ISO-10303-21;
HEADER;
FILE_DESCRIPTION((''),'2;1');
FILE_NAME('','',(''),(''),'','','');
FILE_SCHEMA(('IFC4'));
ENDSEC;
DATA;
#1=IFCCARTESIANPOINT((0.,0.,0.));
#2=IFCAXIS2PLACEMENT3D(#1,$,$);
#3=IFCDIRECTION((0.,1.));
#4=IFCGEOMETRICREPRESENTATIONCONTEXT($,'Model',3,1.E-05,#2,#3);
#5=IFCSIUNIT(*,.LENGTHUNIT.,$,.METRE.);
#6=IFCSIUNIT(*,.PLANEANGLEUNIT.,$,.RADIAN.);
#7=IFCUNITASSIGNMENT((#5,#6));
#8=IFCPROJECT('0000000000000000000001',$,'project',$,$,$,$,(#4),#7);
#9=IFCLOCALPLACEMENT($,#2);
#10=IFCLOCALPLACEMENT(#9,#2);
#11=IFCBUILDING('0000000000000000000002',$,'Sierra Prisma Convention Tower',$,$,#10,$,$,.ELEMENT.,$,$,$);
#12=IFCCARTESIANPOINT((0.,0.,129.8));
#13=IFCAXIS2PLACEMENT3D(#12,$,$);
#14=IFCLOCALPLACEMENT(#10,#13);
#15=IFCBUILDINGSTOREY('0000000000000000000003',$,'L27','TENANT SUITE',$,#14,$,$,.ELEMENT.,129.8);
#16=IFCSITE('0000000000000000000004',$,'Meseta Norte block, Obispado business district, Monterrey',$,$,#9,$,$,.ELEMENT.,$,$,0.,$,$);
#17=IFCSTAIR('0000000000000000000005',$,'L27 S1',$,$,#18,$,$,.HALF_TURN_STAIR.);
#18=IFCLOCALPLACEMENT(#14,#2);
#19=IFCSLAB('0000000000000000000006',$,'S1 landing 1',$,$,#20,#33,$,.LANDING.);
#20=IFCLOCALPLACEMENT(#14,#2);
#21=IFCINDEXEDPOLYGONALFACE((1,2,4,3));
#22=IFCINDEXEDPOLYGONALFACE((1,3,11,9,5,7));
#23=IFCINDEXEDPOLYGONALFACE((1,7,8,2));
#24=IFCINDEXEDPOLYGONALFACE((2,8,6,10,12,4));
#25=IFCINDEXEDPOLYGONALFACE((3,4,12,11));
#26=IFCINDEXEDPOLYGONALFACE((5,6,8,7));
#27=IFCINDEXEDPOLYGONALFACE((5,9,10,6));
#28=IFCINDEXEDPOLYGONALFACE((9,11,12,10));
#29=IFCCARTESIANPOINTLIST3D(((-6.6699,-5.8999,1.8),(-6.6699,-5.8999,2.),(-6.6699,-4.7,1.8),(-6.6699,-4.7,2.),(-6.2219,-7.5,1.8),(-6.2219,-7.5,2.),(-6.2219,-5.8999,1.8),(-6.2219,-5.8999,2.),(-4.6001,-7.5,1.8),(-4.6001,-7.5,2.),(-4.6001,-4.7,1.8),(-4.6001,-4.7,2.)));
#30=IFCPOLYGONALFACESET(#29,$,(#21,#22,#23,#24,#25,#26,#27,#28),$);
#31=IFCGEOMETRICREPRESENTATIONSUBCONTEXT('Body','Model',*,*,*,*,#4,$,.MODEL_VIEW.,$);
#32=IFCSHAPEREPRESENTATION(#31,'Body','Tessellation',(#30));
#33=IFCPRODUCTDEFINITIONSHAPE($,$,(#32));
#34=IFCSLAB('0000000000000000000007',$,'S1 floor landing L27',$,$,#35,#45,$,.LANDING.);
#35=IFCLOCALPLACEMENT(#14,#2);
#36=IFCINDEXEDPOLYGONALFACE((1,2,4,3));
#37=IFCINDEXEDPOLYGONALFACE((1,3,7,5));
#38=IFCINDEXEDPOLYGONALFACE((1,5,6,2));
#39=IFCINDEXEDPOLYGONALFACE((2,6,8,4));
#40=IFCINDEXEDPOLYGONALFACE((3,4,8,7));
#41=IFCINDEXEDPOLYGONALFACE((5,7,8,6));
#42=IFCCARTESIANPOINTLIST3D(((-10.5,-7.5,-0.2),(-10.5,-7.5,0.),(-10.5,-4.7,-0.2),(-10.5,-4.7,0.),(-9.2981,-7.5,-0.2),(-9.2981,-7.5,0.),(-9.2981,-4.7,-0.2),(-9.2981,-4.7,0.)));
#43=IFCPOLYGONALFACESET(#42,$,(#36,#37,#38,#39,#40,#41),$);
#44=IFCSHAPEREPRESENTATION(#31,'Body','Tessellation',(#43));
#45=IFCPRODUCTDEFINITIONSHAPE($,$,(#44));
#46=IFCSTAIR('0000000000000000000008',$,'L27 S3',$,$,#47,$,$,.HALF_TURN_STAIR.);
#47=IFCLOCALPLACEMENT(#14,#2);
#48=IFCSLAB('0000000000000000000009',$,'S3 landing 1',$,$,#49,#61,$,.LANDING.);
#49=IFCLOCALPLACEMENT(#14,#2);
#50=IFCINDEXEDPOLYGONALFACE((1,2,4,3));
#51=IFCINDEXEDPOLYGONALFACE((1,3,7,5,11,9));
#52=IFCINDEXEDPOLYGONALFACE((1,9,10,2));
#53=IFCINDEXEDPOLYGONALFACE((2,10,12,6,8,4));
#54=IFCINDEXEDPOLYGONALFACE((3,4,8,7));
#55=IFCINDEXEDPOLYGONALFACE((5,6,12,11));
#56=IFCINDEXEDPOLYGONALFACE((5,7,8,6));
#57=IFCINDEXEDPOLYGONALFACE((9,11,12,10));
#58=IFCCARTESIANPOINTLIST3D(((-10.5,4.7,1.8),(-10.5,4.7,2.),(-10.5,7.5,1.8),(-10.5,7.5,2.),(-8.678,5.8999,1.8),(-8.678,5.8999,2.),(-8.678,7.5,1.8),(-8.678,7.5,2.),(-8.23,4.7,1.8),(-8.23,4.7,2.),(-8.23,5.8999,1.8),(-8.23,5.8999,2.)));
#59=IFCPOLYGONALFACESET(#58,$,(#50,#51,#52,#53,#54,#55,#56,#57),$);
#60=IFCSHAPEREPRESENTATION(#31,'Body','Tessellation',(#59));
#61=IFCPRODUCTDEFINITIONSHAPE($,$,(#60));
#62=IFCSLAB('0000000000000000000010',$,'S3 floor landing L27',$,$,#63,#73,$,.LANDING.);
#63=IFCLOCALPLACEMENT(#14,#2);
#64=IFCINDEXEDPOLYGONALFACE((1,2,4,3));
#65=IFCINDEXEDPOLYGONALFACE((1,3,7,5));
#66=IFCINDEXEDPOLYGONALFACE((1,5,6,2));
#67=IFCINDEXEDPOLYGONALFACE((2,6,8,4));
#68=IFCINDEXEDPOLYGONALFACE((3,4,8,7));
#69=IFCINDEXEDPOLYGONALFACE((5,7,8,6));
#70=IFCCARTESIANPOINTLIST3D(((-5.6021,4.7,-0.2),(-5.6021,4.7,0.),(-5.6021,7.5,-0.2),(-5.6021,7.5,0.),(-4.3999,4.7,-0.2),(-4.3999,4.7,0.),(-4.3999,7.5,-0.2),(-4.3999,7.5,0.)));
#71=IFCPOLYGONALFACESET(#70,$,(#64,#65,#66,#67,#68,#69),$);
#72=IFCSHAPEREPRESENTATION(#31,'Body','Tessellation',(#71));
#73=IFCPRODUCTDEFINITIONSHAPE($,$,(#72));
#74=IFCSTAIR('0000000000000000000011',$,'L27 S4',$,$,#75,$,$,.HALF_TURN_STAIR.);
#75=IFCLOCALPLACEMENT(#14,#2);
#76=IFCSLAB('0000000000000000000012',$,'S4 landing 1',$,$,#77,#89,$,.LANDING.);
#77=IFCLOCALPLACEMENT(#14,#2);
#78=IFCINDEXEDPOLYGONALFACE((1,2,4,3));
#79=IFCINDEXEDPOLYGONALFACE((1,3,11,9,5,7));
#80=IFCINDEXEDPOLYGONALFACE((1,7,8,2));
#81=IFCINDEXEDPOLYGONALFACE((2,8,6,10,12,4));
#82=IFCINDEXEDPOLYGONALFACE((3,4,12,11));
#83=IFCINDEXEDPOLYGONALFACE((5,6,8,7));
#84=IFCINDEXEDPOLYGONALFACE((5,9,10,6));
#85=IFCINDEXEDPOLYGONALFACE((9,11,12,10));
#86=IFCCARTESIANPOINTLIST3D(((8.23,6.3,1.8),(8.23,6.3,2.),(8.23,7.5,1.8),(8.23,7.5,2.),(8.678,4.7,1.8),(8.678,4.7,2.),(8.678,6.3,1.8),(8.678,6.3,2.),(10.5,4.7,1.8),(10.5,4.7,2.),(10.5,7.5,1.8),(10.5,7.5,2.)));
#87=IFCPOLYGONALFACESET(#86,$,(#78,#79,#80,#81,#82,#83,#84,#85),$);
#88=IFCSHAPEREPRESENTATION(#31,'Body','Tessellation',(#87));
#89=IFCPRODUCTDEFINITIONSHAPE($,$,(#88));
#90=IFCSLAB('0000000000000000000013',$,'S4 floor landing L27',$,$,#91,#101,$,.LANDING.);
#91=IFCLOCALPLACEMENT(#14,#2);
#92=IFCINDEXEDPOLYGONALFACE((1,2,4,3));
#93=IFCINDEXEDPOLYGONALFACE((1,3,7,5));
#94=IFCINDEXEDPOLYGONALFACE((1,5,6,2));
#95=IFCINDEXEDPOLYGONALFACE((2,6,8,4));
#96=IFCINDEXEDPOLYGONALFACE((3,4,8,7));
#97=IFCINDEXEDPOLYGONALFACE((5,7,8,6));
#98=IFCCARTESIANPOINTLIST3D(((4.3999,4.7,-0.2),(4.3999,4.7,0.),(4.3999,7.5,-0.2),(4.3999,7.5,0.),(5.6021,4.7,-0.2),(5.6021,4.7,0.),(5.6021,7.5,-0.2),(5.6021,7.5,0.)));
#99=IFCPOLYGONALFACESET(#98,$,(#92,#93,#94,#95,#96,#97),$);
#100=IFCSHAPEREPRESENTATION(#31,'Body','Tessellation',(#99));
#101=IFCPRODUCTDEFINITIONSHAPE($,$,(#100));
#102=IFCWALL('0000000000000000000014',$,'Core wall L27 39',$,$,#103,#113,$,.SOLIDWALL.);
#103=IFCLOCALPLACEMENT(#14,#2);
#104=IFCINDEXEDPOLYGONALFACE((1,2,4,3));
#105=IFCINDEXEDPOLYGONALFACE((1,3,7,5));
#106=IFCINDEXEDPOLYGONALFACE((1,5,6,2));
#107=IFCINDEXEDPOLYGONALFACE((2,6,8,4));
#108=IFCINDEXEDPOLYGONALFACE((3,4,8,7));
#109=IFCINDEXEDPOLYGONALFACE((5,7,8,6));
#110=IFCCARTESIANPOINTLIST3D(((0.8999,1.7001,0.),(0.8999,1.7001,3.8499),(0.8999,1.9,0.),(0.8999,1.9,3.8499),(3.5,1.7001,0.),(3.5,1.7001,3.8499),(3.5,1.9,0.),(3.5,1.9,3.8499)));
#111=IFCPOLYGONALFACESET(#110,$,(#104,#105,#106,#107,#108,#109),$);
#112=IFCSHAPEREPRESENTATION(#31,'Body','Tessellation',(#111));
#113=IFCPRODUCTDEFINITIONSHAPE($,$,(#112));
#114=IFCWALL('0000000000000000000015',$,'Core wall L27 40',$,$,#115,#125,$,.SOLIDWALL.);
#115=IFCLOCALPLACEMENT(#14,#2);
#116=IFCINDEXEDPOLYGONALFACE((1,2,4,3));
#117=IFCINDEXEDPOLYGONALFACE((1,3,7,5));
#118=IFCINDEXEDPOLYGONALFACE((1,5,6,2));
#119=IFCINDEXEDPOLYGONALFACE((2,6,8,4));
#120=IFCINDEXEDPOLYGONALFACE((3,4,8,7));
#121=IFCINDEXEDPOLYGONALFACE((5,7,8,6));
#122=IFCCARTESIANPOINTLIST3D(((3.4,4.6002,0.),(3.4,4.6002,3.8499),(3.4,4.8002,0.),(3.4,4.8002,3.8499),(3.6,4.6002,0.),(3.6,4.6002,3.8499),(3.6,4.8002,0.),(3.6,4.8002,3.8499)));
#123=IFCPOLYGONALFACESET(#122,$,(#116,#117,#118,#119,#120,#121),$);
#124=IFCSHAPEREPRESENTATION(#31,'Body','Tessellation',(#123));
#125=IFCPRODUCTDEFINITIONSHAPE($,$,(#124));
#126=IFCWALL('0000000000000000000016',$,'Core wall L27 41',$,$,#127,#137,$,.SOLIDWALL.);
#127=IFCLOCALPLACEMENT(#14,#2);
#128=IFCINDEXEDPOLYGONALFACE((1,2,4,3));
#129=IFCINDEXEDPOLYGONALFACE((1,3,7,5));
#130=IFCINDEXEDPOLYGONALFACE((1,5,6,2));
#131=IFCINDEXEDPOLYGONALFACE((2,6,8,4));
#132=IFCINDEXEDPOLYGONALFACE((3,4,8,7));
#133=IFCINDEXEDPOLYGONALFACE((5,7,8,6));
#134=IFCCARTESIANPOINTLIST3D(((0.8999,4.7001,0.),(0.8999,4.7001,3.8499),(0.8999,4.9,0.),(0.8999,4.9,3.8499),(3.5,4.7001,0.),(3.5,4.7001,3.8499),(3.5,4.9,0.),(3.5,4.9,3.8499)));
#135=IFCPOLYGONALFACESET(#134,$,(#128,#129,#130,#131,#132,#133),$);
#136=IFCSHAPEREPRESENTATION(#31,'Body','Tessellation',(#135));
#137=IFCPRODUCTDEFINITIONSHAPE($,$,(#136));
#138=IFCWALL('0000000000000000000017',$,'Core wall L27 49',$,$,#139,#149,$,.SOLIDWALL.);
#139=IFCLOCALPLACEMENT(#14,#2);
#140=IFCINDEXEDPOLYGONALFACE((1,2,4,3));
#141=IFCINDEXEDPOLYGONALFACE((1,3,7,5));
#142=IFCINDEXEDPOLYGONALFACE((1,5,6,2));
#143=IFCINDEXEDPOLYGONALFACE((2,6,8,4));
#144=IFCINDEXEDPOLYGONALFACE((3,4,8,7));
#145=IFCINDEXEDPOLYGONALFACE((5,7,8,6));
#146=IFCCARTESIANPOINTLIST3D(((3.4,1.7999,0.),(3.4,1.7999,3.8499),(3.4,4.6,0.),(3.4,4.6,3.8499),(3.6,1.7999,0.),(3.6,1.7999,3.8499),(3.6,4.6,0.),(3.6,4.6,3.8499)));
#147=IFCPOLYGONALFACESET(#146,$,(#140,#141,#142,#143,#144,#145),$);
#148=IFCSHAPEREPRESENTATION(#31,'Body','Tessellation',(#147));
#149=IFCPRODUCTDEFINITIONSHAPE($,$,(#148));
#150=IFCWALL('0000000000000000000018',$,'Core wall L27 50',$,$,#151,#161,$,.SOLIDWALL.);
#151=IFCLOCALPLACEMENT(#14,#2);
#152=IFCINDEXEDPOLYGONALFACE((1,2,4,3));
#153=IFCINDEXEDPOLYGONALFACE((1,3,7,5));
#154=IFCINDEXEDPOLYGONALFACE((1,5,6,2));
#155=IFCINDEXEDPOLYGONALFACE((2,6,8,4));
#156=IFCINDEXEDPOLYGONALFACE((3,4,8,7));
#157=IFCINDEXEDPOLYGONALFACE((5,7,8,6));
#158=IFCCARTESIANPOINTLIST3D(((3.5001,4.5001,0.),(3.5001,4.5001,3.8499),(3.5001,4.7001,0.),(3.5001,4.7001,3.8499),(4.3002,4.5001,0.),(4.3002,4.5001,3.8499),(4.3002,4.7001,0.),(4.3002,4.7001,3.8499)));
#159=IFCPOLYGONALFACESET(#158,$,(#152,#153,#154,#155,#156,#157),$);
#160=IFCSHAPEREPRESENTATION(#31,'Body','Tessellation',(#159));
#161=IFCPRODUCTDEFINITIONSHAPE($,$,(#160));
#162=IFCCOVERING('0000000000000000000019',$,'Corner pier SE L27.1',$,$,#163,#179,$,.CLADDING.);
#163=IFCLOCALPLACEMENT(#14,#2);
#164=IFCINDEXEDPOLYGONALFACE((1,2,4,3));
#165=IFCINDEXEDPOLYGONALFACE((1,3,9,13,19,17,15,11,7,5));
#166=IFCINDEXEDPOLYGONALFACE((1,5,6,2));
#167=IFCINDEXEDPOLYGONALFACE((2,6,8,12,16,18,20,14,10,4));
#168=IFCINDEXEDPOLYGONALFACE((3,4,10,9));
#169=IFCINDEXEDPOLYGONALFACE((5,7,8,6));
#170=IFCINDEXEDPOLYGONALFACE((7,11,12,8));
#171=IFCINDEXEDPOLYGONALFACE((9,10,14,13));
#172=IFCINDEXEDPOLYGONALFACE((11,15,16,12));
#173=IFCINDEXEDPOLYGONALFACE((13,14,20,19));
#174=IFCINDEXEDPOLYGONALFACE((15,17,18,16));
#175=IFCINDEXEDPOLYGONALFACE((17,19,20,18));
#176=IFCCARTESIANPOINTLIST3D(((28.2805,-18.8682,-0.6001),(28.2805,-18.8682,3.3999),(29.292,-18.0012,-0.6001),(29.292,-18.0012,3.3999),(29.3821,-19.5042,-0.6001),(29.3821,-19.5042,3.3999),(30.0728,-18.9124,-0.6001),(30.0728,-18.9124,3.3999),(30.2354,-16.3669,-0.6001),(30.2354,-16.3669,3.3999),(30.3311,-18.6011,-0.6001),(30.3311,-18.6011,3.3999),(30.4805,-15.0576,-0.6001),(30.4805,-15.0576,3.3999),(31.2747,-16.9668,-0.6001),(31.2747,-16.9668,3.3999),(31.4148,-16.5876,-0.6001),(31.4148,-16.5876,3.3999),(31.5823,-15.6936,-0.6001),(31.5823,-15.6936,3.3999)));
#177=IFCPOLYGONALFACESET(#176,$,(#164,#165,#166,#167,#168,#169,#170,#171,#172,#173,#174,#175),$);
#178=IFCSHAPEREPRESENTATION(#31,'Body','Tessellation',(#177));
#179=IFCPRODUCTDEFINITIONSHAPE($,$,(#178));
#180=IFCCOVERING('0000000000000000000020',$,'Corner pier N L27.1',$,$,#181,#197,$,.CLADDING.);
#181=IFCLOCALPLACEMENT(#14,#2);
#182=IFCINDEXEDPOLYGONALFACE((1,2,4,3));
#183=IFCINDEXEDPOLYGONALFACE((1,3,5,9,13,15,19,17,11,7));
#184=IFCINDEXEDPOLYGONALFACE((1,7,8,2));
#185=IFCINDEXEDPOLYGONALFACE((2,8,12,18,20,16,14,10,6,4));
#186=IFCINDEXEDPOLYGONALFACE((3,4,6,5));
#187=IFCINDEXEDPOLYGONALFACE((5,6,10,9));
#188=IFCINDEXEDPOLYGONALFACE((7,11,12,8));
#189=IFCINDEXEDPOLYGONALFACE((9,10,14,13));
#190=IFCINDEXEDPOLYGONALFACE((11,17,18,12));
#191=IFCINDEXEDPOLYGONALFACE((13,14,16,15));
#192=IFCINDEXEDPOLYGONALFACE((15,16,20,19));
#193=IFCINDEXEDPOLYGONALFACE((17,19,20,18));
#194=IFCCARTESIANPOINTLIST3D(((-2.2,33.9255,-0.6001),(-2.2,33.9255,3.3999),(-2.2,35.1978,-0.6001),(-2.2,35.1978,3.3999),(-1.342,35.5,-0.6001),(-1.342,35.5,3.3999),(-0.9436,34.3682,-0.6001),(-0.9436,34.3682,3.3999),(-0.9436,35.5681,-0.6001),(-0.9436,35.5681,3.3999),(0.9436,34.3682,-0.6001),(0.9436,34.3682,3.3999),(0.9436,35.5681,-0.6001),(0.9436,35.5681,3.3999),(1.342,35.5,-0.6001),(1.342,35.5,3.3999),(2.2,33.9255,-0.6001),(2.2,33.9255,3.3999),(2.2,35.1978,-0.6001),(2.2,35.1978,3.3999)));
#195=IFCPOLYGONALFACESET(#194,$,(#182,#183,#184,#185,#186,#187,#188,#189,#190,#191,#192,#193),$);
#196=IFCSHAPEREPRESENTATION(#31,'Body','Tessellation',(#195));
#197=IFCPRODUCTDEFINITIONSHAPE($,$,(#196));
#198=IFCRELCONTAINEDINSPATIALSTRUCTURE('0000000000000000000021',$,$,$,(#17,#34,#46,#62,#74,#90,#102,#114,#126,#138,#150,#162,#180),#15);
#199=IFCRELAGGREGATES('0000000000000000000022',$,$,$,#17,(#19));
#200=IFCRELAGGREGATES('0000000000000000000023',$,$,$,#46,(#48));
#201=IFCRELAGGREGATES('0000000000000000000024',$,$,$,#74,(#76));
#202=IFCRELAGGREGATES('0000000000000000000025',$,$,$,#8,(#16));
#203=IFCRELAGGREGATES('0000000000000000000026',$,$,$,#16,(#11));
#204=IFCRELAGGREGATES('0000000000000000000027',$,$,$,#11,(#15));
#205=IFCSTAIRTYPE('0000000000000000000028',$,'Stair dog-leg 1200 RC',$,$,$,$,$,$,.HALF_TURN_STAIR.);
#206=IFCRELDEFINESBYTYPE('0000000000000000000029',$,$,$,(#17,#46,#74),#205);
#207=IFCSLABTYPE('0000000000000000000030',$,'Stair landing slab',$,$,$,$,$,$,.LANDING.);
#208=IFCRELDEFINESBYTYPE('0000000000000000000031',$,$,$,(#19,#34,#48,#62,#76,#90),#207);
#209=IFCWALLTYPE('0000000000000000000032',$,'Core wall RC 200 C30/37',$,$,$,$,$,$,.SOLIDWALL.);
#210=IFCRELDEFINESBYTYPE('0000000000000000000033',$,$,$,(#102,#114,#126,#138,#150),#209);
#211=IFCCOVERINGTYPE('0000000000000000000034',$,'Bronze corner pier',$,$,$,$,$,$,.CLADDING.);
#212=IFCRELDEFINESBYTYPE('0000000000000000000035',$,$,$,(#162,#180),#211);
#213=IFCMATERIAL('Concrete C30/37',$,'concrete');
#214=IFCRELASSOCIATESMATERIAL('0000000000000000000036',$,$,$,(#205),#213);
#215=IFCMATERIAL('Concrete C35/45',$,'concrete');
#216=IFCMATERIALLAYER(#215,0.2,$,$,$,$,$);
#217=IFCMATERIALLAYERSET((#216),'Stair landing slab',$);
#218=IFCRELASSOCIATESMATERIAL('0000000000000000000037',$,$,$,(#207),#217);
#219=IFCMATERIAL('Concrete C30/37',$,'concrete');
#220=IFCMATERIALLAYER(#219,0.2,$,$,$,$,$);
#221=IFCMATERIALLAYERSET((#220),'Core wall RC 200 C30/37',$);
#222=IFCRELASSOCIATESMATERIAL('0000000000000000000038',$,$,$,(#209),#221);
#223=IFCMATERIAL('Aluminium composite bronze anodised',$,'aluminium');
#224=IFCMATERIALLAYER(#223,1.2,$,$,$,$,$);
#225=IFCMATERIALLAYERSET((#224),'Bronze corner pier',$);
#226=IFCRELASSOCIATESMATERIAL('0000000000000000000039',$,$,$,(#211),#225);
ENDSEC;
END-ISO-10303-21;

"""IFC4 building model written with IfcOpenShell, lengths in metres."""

from ifc_helpers import new_model, si_unit, direction, frame, frame_2d, origin, place, context, subcontext, project, spatial, polyline, rectangle, outline, extrude, material, layer, layer_set, type_object, element, aggregate, save


model = new_model("IFC4")

# Units and contexts
model_context = context("Model", 3, precision=1e-05, world=origin(), true_north=direction((0.0, 1.0)))
body_context = subcontext(model_context, "Body", "Model", "MODEL_VIEW")
ifc_project = project(units=[si_unit("LENGTHUNIT", "METRE"), si_unit("PLANEANGLEUNIT", "RADIAN")], contexts=[model_context])

# Site, building, storey
site_placement = place(None, origin())
site = spatial("IfcSite", under=ifc_project, at=site_placement, Name="Meseta Norte block, Obispado business district, Monterrey", CompositionType="ELEMENT", RefElevation=0.0)
building_placement = place(site_placement, origin())
building = spatial("IfcBuilding", under=site, at=building_placement, Name="Sierra Prisma Convention Tower", CompositionType="ELEMENT")
storey_placement = place(building_placement, frame((0.0, 0.0, 129.8)))
storey = spatial("IfcBuildingStorey", under=building, at=storey_placement, Name="L27", Description="TENANT SUITE", CompositionType="ELEMENT", Elevation=129.8)

# Stair, slab
ifc_material_1 = material(Name="Concrete C30/37", Category="concrete")
stair_type = type_object("IfcStairType", Name="Stair dog-leg 1200 RC", PredefinedType="HALF_TURN_STAIR", material=ifc_material_1)
stair_1_placement = place(storey_placement, origin())
stair_1 = element("IfcStair", 1, at=stair_1_placement, inside=storey, type_object=stair_type, Name="L27 S1", PredefinedType="HALF_TURN_STAIR")
ifc_material_2 = material(Name="Concrete C35/45", Category="concrete")
ifc_layer_1 = layer(ifc_material_2, 0.2)
ifc_layer_set_1 = layer_set([ifc_layer_1], Name="Stair landing slab")
slab_type_1 = type_object("IfcSlabType", Name="Stair landing slab", PredefinedType="LANDING", material=ifc_layer_set_1)
slab_1_placement = place(storey_placement, frame((0.0, 0.0, 1.8)))
slab_1 = element("IfcSlab", 2, at=slab_1_placement, type_object=slab_type_1, Name="S1 landing 1", PredefinedType="LANDING", context=body_context, shape_type="SweptSolid", body=[
    extrude(outline(polyline([(-4.6001, -4.7), (-4.6001, -7.5), (-6.2219, -7.5), (-6.2219, -5.8999), (-6.6699, -5.8999), (-6.6699, -4.7), (-4.6001, -4.7)])), origin(), (0.0, 0.0, 1.0), 0.2),
])
aggregate(stair_1, [slab_1])

# Slab
slab_2_placement = place(storey_placement, frame((0.0, 0.0, -0.2)))
element("IfcSlab", 3, at=slab_2_placement, inside=storey, type_object=slab_type_1, Name="S1 floor landing L27", PredefinedType="LANDING", context=body_context, shape_type="SweptSolid", body=[
    extrude(outline(polyline([(-10.5, -7.5), (-9.2981, -7.5), (-9.2981, -4.7), (-10.5, -4.7), (-10.5, -7.5)])), origin(), (0.0, 0.0, 1.0), 0.2),
])

# Stair, slab
stair_2_placement = place(storey_placement, origin())
stair_2 = element("IfcStair", 4, at=stair_2_placement, inside=storey, type_object=stair_type, Name="L27 S3", PredefinedType="HALF_TURN_STAIR")
slab_3_placement = place(storey_placement, frame((0.0, 0.0, 1.8)))
slab_3 = element("IfcSlab", 5, at=slab_3_placement, type_object=slab_type_1, Name="S3 landing 1", PredefinedType="LANDING", context=body_context, shape_type="SweptSolid", body=[
    extrude(outline(polyline([(-8.23, 5.8999), (-8.23, 4.7), (-10.5, 4.7), (-10.5, 7.5), (-8.678, 7.5), (-8.678, 5.8999), (-8.23, 5.8999)])), origin(), (0.0, 0.0, 1.0), 0.2),
])
aggregate(stair_2, [slab_3])

# Slab
slab_4_placement = place(storey_placement, frame((0.0, 0.0, -0.2)))
element("IfcSlab", 6, at=slab_4_placement, inside=storey, type_object=slab_type_1, Name="S3 floor landing L27", PredefinedType="LANDING", context=body_context, shape_type="SweptSolid", body=[
    extrude(outline(polyline([(-4.3999, 7.5), (-5.6021, 7.5), (-5.6021, 4.7), (-4.3999, 4.7), (-4.3999, 7.5)])), origin(), (0.0, 0.0, 1.0), 0.2),
])

# Stair, slab
stair_3_placement = place(storey_placement, origin())
stair_3 = element("IfcStair", 7, at=stair_3_placement, inside=storey, type_object=stair_type, Name="L27 S4", PredefinedType="HALF_TURN_STAIR")
slab_5_placement = place(storey_placement, frame((0.0, 0.0, 1.8)))
slab_5 = element("IfcSlab", 8, at=slab_5_placement, type_object=slab_type_1, Name="S4 landing 1", PredefinedType="LANDING", context=body_context, shape_type="SweptSolid", body=[
    extrude(outline(polyline([(10.5, 7.5), (10.5, 4.7), (8.678, 4.7), (8.678, 6.3), (8.23, 6.3), (8.23, 7.5), (10.5, 7.5)])), origin(), (0.0, 0.0, 1.0), 0.2),
])
aggregate(stair_3, [slab_5])

# Slab
slab_6_placement = place(storey_placement, frame((0.0, 0.0, -0.2)))
element("IfcSlab", 9, at=slab_6_placement, inside=storey, type_object=slab_type_1, Name="S4 floor landing L27", PredefinedType="LANDING", context=body_context, shape_type="SweptSolid", body=[
    extrude(outline(polyline([(4.3999, 4.7), (5.6021, 4.7), (5.6021, 7.5), (4.3999, 7.5), (4.3999, 4.7)])), origin(), (0.0, 0.0, 1.0), 0.2),
])

# Shared definitions
ifc_material_3 = material(Name="Concrete C30/37", Category="concrete")
ifc_layer_2 = layer(ifc_material_3, 0.2)
ifc_layer_set_2 = layer_set([ifc_layer_2], Name="Core wall RC 200 C30/37")
wall_type = type_object("IfcWallType", Name="Core wall RC 200 C30/37", PredefinedType="SOLIDWALL", material=ifc_layer_set_2)

# Walls
wall_1_placement = place(storey_placement, frame((3.5, 1.8, 0.0), z_axis=(0.0, 0.0, 1.0), x_axis=(-1.0, 0.0, 0.0)))
element("IfcWall", 10, at=wall_1_placement, inside=storey, type_object=wall_type, Name="Core wall L27 39", PredefinedType="SOLIDWALL", context=body_context, shape_type="SweptSolid", body=[
    extrude(rectangle(XDim=2.6001, YDim=0.2, at=frame_2d((1.3, 0.0))), origin(), (0.0, 0.0, 1.0), 3.8499),
])
wall_2_placement = place(storey_placement, frame((3.5, 4.6001, 0.0), z_axis=(0.0, 0.0, 1.0), x_axis=(0.0, 1.0, 0.0)))
element("IfcWall", 11, at=wall_2_placement, inside=storey, type_object=wall_type, Name="Core wall L27 40", PredefinedType="SOLIDWALL", context=body_context, shape_type="SweptSolid", body=[
    extrude(rectangle(XDim=0.2, YDim=0.2, at=frame_2d((0.1001, 0.0))), origin(), (0.0, 0.0, 1.0), 3.8499),
])
wall_3_placement = place(storey_placement, frame((3.5, 4.8, 0.0), z_axis=(0.0, 0.0, 1.0), x_axis=(-1.0, 0.0, 0.0)))
element("IfcWall", 12, at=wall_3_placement, inside=storey, type_object=wall_type, Name="Core wall L27 41", PredefinedType="SOLIDWALL", context=body_context, shape_type="SweptSolid", body=[
    extrude(rectangle(XDim=2.6001, YDim=0.2, at=frame_2d((1.3, 0.0))), origin(), (0.0, 0.0, 1.0), 3.8499),
])

# Walls
wall_4_placement = place(storey_placement, frame((3.5, 1.8, 0.0), z_axis=(0.0, 0.0, 1.0), x_axis=(0.0, 1.0, 0.0)))
element("IfcWall", 13, at=wall_4_placement, inside=storey, type_object=wall_type, Name="Core wall L27 49", PredefinedType="SOLIDWALL", context=body_context, shape_type="SweptSolid", body=[
    extrude(rectangle(XDim=2.8, YDim=0.2, at=frame_2d((1.3999, 0.0))), origin(), (0.0, 0.0, 1.0), 3.8499),
])
wall_5_placement = place(storey_placement, frame((4.3, 4.6001, 0.0), z_axis=(0.0, 0.0, 1.0), x_axis=(-1.0, 0.0, 0.0)))
element("IfcWall", 14, at=wall_5_placement, inside=storey, type_object=wall_type, Name="Core wall L27 50", PredefinedType="SOLIDWALL", context=body_context, shape_type="SweptSolid", body=[
    extrude(rectangle(XDim=0.8, YDim=0.2, at=frame_2d((0.3999, 0.0))), origin(), (0.0, 0.0, 1.0), 3.8499),
])

# Coverings
ifc_material_4 = material(Name="Aluminium composite bronze anodised", Category="aluminium")
ifc_layer_3 = layer(ifc_material_4, 1.2)
ifc_layer_set_3 = layer_set([ifc_layer_3], Name="Bronze corner pier")
covering_type = type_object("IfcCoveringType", Name="Bronze corner pier", PredefinedType="CLADDING", material=ifc_layer_set_3)
covering_1_placement = place(storey_placement, frame((0.0, 0.0, -0.6001)))
element("IfcCovering", 15, at=covering_1_placement, inside=storey, type_object=covering_type, Name="Corner pier SE L27.1", PredefinedType="CLADDING", context=body_context, shape_type="SweptSolid", body=[
    extrude(outline(polyline([(31.4148, -16.5876), (31.2747, -16.9668), (30.3311, -18.6011), (30.0728, -18.9124), (29.3821, -19.5042), (28.2805, -18.8682), (29.292, -18.0012), (30.2354, -16.3669), (30.4805, -15.0576), (31.5823, -15.6936), (31.4148, -16.5876)])), origin(), (0.0, 0.0, 1.0), 4.0),
])
covering_2_placement = place(storey_placement, frame((0.0, 0.0, -0.6001)))
element("IfcCovering", 16, at=covering_2_placement, inside=storey, type_object=covering_type, Name="Corner pier N L27.1", PredefinedType="CLADDING", context=body_context, shape_type="SweptSolid", body=[
    extrude(outline(polyline([(-1.342, 35.5), (-0.9436, 35.5681), (0.9436, 35.5681), (1.342, 35.5), (2.2, 35.1978), (2.2, 33.9255), (0.9436, 34.3682), (-0.9436, 34.3682), (-2.2, 33.9255), (-2.2, 35.1978), (-1.342, 35.5)])), origin(), (0.0, 0.0, 1.0), 4.0),
])

save(model, "model.ifc")
